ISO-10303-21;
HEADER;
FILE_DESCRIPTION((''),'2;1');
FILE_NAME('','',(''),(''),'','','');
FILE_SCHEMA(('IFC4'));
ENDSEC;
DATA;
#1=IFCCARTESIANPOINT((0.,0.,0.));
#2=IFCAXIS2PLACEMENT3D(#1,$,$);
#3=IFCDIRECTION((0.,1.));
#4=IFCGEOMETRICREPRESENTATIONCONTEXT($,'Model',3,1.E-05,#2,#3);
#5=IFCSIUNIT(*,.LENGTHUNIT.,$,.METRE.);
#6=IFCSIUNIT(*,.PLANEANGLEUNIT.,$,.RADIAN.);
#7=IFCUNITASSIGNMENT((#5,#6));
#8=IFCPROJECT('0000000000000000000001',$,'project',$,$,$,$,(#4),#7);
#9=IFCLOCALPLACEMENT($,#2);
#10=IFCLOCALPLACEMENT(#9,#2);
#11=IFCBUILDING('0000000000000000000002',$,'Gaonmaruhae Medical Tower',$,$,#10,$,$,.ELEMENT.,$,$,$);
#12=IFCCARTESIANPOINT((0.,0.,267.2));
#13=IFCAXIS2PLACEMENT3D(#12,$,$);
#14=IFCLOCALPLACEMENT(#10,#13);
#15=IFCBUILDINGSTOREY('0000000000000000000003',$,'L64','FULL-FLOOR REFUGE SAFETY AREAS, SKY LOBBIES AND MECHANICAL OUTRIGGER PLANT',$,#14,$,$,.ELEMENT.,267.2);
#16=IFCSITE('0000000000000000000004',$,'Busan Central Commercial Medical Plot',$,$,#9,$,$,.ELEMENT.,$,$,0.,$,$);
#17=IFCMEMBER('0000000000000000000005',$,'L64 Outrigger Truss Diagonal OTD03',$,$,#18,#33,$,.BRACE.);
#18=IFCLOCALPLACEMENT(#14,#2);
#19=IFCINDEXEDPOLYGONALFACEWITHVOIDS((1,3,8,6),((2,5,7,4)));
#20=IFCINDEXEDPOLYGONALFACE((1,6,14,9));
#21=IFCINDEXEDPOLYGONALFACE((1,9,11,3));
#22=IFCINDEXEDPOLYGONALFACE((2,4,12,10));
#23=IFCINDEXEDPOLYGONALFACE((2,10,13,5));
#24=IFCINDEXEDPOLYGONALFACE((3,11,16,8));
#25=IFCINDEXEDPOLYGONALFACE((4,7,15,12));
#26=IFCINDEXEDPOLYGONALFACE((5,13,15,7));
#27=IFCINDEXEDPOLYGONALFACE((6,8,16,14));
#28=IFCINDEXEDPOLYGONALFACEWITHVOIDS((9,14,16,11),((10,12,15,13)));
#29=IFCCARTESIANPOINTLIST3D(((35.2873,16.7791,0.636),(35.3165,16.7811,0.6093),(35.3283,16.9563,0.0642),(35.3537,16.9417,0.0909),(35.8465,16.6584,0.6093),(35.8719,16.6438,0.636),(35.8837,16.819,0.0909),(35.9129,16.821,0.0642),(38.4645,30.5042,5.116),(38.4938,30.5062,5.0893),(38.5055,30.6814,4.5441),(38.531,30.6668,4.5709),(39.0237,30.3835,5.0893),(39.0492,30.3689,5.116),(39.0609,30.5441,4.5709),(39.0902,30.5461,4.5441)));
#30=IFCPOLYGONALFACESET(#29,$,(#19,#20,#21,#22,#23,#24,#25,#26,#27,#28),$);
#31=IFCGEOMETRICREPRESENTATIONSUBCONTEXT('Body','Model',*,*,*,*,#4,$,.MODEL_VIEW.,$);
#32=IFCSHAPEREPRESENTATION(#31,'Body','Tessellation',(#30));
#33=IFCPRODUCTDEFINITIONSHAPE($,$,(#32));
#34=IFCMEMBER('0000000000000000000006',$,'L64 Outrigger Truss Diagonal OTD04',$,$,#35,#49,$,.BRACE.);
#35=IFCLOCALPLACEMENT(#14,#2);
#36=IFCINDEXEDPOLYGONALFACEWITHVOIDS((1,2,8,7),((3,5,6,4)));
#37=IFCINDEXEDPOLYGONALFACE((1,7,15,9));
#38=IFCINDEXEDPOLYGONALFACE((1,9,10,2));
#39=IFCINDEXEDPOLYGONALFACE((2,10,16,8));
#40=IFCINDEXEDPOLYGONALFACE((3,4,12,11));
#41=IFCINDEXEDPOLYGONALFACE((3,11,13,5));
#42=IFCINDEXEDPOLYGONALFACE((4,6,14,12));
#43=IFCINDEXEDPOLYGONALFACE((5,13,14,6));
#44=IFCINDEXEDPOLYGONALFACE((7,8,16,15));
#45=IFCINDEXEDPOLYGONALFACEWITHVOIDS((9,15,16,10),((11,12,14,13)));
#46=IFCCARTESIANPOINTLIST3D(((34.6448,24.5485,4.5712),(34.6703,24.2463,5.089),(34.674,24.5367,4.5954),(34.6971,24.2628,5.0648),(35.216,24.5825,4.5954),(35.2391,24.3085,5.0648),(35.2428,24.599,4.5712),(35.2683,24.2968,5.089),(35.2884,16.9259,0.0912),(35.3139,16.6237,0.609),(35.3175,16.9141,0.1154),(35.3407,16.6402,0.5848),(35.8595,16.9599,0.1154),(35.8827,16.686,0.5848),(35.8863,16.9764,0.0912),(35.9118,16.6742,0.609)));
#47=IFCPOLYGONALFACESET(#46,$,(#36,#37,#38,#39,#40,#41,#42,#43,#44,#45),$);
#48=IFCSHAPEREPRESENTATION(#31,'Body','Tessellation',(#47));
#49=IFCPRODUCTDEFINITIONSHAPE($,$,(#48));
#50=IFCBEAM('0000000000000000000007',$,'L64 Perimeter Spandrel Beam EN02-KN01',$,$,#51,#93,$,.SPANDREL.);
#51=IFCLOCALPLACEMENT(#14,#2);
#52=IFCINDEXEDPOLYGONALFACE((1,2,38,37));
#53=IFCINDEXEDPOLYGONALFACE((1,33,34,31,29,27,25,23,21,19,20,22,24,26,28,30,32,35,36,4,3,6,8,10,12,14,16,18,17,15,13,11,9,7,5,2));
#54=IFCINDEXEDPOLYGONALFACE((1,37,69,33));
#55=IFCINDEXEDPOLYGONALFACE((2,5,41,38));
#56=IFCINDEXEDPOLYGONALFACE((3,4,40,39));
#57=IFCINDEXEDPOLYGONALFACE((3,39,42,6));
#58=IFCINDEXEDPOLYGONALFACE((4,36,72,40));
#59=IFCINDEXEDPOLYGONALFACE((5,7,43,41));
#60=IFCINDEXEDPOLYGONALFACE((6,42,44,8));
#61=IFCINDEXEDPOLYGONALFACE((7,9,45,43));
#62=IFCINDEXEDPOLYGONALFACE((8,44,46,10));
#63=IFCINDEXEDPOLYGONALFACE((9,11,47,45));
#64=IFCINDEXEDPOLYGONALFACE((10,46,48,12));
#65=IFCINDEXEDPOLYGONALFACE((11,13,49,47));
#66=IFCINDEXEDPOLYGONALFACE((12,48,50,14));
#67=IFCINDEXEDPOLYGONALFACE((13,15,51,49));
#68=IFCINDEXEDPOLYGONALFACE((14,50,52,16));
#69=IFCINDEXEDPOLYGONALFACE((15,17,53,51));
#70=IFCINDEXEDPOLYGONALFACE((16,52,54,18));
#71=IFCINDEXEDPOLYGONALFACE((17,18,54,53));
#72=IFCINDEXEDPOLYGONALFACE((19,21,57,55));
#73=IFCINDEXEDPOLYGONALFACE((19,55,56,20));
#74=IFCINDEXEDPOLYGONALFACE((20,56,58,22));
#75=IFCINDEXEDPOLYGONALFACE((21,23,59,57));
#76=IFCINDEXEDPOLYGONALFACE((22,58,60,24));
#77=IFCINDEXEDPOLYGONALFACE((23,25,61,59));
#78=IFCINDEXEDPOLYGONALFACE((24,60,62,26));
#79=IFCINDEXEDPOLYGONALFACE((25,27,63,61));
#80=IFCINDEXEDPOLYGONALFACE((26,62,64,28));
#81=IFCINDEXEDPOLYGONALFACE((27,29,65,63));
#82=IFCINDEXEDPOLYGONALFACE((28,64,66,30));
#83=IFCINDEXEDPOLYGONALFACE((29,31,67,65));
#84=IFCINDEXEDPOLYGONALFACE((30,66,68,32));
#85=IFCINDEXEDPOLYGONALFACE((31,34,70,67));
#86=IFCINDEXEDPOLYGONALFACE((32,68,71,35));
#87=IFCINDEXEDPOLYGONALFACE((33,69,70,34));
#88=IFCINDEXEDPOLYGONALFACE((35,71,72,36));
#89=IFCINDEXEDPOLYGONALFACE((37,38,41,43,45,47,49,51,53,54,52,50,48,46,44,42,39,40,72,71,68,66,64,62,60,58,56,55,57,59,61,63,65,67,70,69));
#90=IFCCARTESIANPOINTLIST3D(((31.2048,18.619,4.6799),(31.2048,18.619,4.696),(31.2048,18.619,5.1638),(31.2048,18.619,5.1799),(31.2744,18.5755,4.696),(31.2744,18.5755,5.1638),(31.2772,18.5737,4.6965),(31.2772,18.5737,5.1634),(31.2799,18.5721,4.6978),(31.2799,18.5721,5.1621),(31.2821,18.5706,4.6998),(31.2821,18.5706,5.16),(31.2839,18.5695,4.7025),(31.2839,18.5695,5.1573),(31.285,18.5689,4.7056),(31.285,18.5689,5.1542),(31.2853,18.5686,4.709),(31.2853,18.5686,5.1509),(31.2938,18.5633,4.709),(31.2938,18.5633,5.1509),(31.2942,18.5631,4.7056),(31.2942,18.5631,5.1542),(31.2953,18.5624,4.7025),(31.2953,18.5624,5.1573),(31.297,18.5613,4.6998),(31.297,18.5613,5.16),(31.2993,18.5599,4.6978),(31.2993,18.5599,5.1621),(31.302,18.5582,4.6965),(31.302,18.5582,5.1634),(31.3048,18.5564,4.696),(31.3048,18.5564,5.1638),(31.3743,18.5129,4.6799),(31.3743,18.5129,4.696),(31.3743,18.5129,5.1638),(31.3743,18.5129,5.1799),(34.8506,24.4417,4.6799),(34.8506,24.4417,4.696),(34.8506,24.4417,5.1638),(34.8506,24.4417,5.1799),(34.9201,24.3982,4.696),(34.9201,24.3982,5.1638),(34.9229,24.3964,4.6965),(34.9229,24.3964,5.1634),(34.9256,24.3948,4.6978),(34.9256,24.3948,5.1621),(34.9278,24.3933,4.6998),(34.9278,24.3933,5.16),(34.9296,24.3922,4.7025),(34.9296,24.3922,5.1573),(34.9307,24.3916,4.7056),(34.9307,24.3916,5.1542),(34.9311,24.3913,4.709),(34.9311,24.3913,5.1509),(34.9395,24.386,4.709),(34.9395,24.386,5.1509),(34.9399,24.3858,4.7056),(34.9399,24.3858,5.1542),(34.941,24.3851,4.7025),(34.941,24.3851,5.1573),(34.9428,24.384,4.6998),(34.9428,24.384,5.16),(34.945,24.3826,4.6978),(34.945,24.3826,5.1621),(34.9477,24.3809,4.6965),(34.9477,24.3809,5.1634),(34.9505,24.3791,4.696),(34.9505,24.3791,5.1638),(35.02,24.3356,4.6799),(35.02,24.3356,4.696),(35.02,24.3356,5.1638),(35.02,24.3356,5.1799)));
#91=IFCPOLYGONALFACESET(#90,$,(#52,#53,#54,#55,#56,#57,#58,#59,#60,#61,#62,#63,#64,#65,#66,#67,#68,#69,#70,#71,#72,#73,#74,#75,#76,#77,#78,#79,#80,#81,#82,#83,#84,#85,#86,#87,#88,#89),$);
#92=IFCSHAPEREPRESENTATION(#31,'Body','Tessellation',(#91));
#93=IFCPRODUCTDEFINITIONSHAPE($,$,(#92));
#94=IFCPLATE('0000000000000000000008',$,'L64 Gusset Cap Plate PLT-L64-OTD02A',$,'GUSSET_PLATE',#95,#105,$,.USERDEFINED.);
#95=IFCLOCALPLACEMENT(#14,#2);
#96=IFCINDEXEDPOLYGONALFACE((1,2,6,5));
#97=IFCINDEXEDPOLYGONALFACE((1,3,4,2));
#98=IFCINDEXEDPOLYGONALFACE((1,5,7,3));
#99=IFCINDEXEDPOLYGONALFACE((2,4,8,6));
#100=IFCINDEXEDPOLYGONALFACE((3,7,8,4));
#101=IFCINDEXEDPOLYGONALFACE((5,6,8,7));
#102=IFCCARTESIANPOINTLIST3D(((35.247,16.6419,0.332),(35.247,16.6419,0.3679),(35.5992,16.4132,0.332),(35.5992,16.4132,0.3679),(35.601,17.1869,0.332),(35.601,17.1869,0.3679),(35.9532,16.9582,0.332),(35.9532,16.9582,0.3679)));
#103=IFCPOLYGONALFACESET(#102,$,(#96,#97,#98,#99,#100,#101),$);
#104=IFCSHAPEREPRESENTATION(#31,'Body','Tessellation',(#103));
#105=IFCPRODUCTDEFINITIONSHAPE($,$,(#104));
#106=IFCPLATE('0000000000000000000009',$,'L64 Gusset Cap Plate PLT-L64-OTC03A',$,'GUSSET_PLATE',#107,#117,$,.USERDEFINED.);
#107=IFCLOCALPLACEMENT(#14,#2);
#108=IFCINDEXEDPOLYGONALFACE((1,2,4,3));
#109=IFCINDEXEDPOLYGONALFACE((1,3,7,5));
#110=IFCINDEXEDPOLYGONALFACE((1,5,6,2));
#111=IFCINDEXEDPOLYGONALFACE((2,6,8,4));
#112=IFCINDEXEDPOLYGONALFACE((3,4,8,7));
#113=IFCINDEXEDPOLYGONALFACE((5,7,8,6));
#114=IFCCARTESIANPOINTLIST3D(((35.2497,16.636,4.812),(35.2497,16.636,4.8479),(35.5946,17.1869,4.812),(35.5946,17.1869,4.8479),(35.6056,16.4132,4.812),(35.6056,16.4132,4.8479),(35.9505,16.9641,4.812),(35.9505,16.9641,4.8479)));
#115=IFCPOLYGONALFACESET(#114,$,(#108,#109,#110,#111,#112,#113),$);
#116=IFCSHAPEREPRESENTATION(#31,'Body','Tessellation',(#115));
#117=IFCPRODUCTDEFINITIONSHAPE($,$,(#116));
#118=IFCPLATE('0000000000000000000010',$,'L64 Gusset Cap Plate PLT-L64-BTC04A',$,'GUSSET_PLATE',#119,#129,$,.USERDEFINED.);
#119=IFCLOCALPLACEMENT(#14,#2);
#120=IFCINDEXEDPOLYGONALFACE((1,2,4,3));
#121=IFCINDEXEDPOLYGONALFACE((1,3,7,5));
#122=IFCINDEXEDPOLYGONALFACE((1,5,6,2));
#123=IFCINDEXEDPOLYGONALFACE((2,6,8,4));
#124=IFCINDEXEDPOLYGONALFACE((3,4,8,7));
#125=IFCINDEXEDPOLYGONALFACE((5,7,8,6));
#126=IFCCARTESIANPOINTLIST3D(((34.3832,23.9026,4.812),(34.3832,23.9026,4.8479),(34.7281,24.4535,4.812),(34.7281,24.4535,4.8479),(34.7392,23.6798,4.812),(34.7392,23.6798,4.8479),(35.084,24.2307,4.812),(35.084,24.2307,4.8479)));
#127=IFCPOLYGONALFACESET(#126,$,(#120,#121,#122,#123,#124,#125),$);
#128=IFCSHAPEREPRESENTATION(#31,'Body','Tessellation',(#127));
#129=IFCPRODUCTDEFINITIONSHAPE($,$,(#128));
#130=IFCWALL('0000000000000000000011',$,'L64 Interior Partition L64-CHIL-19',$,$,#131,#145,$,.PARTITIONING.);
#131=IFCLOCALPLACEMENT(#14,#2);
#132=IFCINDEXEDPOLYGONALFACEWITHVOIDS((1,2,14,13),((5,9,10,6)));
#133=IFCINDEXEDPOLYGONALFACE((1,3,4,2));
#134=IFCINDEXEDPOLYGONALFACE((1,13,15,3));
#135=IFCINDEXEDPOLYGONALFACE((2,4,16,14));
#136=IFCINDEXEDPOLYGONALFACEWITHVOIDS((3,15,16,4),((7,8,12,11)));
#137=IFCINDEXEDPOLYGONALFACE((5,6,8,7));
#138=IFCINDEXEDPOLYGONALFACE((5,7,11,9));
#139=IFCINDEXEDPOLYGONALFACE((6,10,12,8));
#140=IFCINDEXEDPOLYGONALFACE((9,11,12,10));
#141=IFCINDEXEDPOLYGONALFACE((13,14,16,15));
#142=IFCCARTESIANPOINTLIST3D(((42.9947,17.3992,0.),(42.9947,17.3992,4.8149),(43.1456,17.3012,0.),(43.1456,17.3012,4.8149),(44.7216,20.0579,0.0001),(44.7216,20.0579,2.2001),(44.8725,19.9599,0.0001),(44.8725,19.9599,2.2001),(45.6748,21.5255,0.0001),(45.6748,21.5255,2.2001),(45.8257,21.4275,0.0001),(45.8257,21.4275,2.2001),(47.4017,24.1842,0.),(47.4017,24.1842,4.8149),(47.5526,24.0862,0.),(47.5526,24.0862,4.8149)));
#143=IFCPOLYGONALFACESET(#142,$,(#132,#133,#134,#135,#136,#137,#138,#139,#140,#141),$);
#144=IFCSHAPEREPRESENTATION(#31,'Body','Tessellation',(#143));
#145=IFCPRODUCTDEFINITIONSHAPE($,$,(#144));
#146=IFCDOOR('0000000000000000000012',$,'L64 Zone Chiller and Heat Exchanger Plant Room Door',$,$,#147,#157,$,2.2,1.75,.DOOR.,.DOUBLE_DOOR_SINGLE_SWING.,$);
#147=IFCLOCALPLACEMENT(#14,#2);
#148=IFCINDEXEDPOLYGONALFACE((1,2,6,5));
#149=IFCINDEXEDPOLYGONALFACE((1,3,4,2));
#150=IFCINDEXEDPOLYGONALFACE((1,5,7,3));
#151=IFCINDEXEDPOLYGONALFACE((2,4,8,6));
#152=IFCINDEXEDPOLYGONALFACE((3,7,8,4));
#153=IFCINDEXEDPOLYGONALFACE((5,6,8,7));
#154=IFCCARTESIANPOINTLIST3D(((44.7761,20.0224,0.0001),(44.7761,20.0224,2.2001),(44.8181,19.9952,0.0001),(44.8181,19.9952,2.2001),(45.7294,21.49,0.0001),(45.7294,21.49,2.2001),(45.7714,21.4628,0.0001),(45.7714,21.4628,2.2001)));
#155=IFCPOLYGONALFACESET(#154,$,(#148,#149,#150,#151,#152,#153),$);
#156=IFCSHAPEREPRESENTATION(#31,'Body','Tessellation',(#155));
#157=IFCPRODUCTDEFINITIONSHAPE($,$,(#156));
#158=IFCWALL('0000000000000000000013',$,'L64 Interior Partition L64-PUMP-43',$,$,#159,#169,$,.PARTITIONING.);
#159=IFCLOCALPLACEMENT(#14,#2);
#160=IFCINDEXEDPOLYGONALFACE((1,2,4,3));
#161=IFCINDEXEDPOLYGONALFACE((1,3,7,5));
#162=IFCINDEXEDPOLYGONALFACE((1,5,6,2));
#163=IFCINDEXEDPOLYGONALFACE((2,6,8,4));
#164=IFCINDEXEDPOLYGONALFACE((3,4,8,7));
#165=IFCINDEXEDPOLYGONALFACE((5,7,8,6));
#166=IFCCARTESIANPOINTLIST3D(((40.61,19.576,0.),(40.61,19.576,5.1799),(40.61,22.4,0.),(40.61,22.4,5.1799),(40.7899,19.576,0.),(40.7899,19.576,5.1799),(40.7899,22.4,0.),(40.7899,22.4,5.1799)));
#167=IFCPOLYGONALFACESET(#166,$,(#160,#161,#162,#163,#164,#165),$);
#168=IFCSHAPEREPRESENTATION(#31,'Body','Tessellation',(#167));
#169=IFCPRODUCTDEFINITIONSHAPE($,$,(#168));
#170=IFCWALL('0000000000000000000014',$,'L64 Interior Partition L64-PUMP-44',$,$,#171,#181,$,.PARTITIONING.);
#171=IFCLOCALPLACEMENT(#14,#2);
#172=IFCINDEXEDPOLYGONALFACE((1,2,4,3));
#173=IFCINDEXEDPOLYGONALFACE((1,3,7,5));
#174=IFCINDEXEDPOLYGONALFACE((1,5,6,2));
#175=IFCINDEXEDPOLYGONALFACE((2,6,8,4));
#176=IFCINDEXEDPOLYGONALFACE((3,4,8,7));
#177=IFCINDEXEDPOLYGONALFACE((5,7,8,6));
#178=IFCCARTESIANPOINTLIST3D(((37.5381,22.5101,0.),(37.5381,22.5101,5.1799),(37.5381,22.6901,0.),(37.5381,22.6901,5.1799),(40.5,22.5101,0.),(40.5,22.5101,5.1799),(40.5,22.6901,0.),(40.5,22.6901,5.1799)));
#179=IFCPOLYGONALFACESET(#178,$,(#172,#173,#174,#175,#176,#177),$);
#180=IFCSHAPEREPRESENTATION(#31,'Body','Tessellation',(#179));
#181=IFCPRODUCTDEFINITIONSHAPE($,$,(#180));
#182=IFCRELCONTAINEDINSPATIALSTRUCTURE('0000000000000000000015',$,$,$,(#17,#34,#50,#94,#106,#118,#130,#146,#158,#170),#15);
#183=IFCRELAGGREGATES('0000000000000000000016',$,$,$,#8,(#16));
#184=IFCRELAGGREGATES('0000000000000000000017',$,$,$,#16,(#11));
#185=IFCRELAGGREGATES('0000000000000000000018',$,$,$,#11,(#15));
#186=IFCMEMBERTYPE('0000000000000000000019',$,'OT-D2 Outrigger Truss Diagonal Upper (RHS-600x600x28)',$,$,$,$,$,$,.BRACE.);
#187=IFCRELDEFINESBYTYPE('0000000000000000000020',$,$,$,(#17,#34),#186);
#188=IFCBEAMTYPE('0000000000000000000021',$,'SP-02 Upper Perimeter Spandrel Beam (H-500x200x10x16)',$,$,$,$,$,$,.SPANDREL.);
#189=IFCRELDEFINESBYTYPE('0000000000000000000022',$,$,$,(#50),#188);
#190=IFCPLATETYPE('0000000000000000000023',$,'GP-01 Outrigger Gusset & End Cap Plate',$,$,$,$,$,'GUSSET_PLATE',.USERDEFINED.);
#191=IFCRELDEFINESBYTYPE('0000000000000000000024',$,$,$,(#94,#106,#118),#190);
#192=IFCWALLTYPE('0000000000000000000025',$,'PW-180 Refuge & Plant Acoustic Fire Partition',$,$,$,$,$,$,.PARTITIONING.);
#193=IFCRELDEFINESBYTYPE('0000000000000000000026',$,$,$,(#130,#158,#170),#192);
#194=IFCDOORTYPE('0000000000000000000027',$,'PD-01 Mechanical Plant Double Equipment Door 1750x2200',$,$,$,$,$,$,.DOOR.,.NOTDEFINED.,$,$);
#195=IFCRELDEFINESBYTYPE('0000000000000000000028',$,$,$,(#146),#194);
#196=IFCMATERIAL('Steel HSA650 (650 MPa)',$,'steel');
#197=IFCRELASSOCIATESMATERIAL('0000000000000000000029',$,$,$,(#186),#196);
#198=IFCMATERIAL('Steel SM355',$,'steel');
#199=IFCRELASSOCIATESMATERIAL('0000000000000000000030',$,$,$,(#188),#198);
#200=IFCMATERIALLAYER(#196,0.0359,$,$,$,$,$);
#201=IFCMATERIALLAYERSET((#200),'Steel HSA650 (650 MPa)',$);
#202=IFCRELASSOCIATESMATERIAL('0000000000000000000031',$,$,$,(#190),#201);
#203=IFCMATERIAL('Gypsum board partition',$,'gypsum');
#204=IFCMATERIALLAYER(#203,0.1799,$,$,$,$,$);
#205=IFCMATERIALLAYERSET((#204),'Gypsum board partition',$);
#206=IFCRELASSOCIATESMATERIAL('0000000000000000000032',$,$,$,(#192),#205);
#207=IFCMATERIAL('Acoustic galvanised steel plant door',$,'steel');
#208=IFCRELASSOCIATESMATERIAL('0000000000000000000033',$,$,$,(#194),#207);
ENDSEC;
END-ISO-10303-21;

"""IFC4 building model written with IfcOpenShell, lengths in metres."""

from ifc_helpers import new_model, si_unit, direction, frame, frame_2d, origin, origin_2d, place, context, subcontext, project, spatial, rectangle, hollow_rectangle, i_section, extrude, material, layer, layer_set, material_profile, profile_set, type_object, element, fill, save


model = new_model("IFC4")

# Units and contexts
model_context = context("Model", 3, precision=1e-05, world=origin(), true_north=direction((0.0, 1.0)))
body_context = subcontext(model_context, "Body", "Model", "MODEL_VIEW")
ifc_project = project(units=[si_unit("LENGTHUNIT", "METRE"), si_unit("PLANEANGLEUNIT", "RADIAN")], contexts=[model_context])

# Site, building, storey
site_placement = place(None, origin())
site = spatial("IfcSite", under=ifc_project, at=site_placement, Name="Busan Central Commercial Medical Plot", CompositionType="ELEMENT", RefElevation=0.0)
building_placement = place(site_placement, origin())
building = spatial("IfcBuilding", under=site, at=building_placement, Name="Gaonmaruhae Medical Tower", CompositionType="ELEMENT")
storey_placement = place(building_placement, frame((0.0, 0.0, 267.2)))
storey = spatial("IfcBuildingStorey", under=building, at=storey_placement, Name="L64", Description="FULL-FLOOR REFUGE SAFETY AREAS, SKY LOBBIES AND MECHANICAL OUTRIGGER PLANT", CompositionType="ELEMENT", Elevation=267.2)

# Shared definitions
ifc_material_1 = material(Name="Steel HSA650 (650 MPa)", Category="steel")

# Shared definitions
ifc_material_2 = material(Name="Steel SM355", Category="steel")

# Members
ifc_material_profile_1 = material_profile(ifc_material_1, hollow_rectangle(XDim=0.6001, YDim=0.6001, WallThickness=0.0281, at=origin_2d()), Name="RHS-600x600x28")
ifc_profile_set_1 = profile_set([ifc_material_profile_1], Name="Steel HSA650 (650 MPa)")
member_type_1 = type_object("IfcMemberType", Name="OT-D2 Outrigger Truss Diagonal Upper (RHS-600x600x28)", PredefinedType="BRACE", material=ifc_profile_set_1)
member_1_placement = place(storey_placement, frame((35.6001, 16.8, 0.3501), z_axis=(0.214923, 0.928424, 0.303045), x_axis=(-0.974237, 0.225528, 0.0)))
element("IfcMember", 1, at=member_1_placement, inside=storey, type_object=member_type_1, Name="L64 Outrigger Truss Diagonal OTD03", PredefinedType="BRACE", context=body_context, shape_type="SweptSolid", body=[
    extrude(hollow_rectangle(XDim=0.6001, YDim=0.6001, WallThickness=0.0281, at=origin_2d()), origin(), (0.0, 0.0, 1.0), 14.7832),
])
member_2_placement = place(storey_placement, frame((35.6001, 16.8, 0.3501), z_axis=(-0.072595, 0.859851, 0.505357), x_axis=(-0.996455, -0.084128, 0.0)))
element("IfcMember", 2, at=member_2_placement, inside=storey, type_object=member_type_1, Name="L64 Outrigger Truss Diagonal OTD04", PredefinedType="BRACE", context=body_context, shape_type="SweptSolid", body=[
    extrude(hollow_rectangle(XDim=0.6001, YDim=0.6001, WallThickness=0.0281, at=origin_2d()), origin(), (0.0, 0.0, 1.0), 8.865),
])

# Beam
ifc_material_profile_2 = material_profile(ifc_material_2, i_section(OverallWidth=0.2, OverallDepth=0.5, WebThickness=0.01, FlangeThickness=0.0161, FilletRadius=0.0129, at=origin_2d()), Name="H-500x200x10x16")
ifc_profile_set_2 = profile_set([ifc_material_profile_2], Name="Steel SM355")
beam_type_1 = type_object("IfcBeamType", Name="SP-02 Upper Perimeter Spandrel Beam (H-500x200x10x16)", PredefinedType="SPANDREL", material=ifc_profile_set_2)
beam_1_placement = place(storey_placement, frame((34.9353, 24.3887, 4.9299), z_axis=(-0.530682, -0.847571, 0.0), x_axis=(0.847571, -0.530682, 0.0)))
element("IfcBeam", 3, at=beam_1_placement, inside=storey, type_object=beam_type_1, Name="L64 Perimeter Spandrel Beam EN02-KN01", PredefinedType="SPANDREL", context=body_context, shape_type="SweptSolid", body=[
    extrude(i_section(OverallWidth=0.2, OverallDepth=0.5, WebThickness=0.01, FlangeThickness=0.0161, FilletRadius=0.0129, at=origin_2d()), origin(), (0.0, 0.0, 1.0), 6.8699),
])

# Plates
ifc_layer_1 = layer(ifc_material_1, 0.0359)
ifc_layer_set_1 = layer_set([ifc_layer_1], Name="Steel HSA650 (650 MPa)")
plate_type = type_object("IfcPlateType", Name="GP-01 Outrigger Gusset & End Cap Plate", ElementType="GUSSET_PLATE", PredefinedType="USERDEFINED", material=ifc_layer_set_1)
for number, where, z_axis, x_axis, name in (
    (4, (35.6001, 16.8, 0.332), (0.0, 0.0, 1.0), (0.544639, 0.838671, 0.0), "L64 Gusset Cap Plate PLT-L64-OTD02A"),
    (5, (35.6001, 16.8, 4.812), (0.0, 0.0, 1.0), (0.530659, 0.847585, 0.0), "L64 Gusset Cap Plate PLT-L64-OTC03A"),
    (6, (34.7336, 24.0667, 4.812), (0.0, 0.0, 1.0), (0.530659, 0.847585, 0.0), "L64 Gusset Cap Plate PLT-L64-BTC04A"),
):
    element("IfcPlate", number, at=place(storey_placement, frame(where, z_axis=z_axis, x_axis=x_axis)), inside=storey, type_object=plate_type, Name=name, ObjectType="GUSSET_PLATE", PredefinedType="USERDEFINED", context=body_context, shape_type="SweptSolid", body=[
        extrude(rectangle(XDim=0.6499, YDim=0.4199, at=origin_2d()), origin(), (0.0, 0.0, 1.0), 0.0359),
    ])

# Wall, opening, door
ifc_material_3 = material(Name="Gypsum board partition", Category="gypsum")
ifc_layer_2 = layer(ifc_material_3, 0.1799)
ifc_layer_set_2 = layer_set([ifc_layer_2], Name="Gypsum board partition")
wall_type = type_object("IfcWallType", Name="PW-180 Refuge & Plant Acoustic Fire Partition", PredefinedType="PARTITIONING", material=ifc_layer_set_2)
wall_1_placement = place(storey_placement, frame((43.0701, 17.3501, 0.0), z_axis=(0.0, 0.0, 1.0), x_axis=(0.544709, 0.838625, 0.0)))
wall_1 = element("IfcWall", 7, at=wall_1_placement, inside=storey, type_object=wall_type, Name="L64 Interior Partition L64-CHIL-19", PredefinedType="PARTITIONING", context=body_context, shape_type="SweptSolid", body=[
    extrude(rectangle(XDim=8.0906, YDim=0.1799, at=frame_2d((4.0454, 0.0))), origin(), (0.0, 0.0, 1.0), 4.8149),
])
opening_placement = place(wall_1_placement, frame((3.1704, 0.0, 0.0)))
opening = element("IfcOpeningElement", 8, at=opening_placement, cuts=wall_1, PredefinedType="OPENING", context=body_context, shape_type="SweptSolid", body=[
    extrude(rectangle(XDim=1.75, YDim=2.2, at=frame_2d((0.875, 1.1001))), frame((0.0, 0.1001, 0.0), z_axis=(0.0, -1.0, 0.0), x_axis=(1.0, 0.0, 0.0)), (0.0, 0.0, 1.0), 0.2),
])
ifc_material_4 = material(Name="Acoustic galvanised steel plant door", Category="steel")
door_type = type_object("IfcDoorType", Name="PD-01 Mechanical Plant Double Equipment Door 1750x2200", OperationType="NOTDEFINED", PredefinedType="DOOR", material=ifc_material_4)
door_placement = place(opening_placement, origin())
door = element("IfcDoor", 9, at=door_placement, inside=storey, type_object=door_type, Name="L64 Zone Chiller and Heat Exchanger Plant Room Door", OperationType="DOUBLE_DOOR_SINGLE_SWING", OverallHeight=2.2, OverallWidth=1.75, PredefinedType="DOOR", context=body_context, shape_type="SweptSolid", body=[
    extrude(rectangle(XDim=1.75, YDim=2.2, at=frame_2d((0.875, 1.1001))), frame((0.0, 0.0249, 0.0), z_axis=(0.0, -1.0, 0.0), x_axis=(1.0, 0.0, 0.0)), (0.0, 0.0, 1.0), 0.05),
])
fill(opening, door)

# Walls
wall_2_placement = place(storey_placement, frame((40.7, 19.5759, 0.0), z_axis=(0.0, 0.0, 1.0), x_axis=(0.0, 1.0, 0.0)))
element("IfcWall", 10, at=wall_2_placement, inside=storey, type_object=wall_type, Name="L64 Interior Partition L64-PUMP-43", PredefinedType="PARTITIONING", context=body_context, shape_type="SweptSolid", body=[
    extrude(rectangle(XDim=2.824, YDim=0.1799, at=frame_2d((1.4121, 0.0))), origin(), (0.0, 0.0, 1.0), 5.1799),
])
wall_3_placement = place(storey_placement, frame((40.5, 22.6001, 0.0), z_axis=(0.0, 0.0, 1.0), x_axis=(-1.0, 0.0, 0.0)))
element("IfcWall", 11, at=wall_3_placement, inside=storey, type_object=wall_type, Name="L64 Interior Partition L64-PUMP-44", PredefinedType="PARTITIONING", context=body_context, shape_type="SweptSolid", body=[
    extrude(rectangle(XDim=2.9619, YDim=0.1799, at=frame_2d((1.481, 0.0))), origin(), (0.0, 0.0, 1.0), 5.1799),
])

save(model, "model.ifc")
